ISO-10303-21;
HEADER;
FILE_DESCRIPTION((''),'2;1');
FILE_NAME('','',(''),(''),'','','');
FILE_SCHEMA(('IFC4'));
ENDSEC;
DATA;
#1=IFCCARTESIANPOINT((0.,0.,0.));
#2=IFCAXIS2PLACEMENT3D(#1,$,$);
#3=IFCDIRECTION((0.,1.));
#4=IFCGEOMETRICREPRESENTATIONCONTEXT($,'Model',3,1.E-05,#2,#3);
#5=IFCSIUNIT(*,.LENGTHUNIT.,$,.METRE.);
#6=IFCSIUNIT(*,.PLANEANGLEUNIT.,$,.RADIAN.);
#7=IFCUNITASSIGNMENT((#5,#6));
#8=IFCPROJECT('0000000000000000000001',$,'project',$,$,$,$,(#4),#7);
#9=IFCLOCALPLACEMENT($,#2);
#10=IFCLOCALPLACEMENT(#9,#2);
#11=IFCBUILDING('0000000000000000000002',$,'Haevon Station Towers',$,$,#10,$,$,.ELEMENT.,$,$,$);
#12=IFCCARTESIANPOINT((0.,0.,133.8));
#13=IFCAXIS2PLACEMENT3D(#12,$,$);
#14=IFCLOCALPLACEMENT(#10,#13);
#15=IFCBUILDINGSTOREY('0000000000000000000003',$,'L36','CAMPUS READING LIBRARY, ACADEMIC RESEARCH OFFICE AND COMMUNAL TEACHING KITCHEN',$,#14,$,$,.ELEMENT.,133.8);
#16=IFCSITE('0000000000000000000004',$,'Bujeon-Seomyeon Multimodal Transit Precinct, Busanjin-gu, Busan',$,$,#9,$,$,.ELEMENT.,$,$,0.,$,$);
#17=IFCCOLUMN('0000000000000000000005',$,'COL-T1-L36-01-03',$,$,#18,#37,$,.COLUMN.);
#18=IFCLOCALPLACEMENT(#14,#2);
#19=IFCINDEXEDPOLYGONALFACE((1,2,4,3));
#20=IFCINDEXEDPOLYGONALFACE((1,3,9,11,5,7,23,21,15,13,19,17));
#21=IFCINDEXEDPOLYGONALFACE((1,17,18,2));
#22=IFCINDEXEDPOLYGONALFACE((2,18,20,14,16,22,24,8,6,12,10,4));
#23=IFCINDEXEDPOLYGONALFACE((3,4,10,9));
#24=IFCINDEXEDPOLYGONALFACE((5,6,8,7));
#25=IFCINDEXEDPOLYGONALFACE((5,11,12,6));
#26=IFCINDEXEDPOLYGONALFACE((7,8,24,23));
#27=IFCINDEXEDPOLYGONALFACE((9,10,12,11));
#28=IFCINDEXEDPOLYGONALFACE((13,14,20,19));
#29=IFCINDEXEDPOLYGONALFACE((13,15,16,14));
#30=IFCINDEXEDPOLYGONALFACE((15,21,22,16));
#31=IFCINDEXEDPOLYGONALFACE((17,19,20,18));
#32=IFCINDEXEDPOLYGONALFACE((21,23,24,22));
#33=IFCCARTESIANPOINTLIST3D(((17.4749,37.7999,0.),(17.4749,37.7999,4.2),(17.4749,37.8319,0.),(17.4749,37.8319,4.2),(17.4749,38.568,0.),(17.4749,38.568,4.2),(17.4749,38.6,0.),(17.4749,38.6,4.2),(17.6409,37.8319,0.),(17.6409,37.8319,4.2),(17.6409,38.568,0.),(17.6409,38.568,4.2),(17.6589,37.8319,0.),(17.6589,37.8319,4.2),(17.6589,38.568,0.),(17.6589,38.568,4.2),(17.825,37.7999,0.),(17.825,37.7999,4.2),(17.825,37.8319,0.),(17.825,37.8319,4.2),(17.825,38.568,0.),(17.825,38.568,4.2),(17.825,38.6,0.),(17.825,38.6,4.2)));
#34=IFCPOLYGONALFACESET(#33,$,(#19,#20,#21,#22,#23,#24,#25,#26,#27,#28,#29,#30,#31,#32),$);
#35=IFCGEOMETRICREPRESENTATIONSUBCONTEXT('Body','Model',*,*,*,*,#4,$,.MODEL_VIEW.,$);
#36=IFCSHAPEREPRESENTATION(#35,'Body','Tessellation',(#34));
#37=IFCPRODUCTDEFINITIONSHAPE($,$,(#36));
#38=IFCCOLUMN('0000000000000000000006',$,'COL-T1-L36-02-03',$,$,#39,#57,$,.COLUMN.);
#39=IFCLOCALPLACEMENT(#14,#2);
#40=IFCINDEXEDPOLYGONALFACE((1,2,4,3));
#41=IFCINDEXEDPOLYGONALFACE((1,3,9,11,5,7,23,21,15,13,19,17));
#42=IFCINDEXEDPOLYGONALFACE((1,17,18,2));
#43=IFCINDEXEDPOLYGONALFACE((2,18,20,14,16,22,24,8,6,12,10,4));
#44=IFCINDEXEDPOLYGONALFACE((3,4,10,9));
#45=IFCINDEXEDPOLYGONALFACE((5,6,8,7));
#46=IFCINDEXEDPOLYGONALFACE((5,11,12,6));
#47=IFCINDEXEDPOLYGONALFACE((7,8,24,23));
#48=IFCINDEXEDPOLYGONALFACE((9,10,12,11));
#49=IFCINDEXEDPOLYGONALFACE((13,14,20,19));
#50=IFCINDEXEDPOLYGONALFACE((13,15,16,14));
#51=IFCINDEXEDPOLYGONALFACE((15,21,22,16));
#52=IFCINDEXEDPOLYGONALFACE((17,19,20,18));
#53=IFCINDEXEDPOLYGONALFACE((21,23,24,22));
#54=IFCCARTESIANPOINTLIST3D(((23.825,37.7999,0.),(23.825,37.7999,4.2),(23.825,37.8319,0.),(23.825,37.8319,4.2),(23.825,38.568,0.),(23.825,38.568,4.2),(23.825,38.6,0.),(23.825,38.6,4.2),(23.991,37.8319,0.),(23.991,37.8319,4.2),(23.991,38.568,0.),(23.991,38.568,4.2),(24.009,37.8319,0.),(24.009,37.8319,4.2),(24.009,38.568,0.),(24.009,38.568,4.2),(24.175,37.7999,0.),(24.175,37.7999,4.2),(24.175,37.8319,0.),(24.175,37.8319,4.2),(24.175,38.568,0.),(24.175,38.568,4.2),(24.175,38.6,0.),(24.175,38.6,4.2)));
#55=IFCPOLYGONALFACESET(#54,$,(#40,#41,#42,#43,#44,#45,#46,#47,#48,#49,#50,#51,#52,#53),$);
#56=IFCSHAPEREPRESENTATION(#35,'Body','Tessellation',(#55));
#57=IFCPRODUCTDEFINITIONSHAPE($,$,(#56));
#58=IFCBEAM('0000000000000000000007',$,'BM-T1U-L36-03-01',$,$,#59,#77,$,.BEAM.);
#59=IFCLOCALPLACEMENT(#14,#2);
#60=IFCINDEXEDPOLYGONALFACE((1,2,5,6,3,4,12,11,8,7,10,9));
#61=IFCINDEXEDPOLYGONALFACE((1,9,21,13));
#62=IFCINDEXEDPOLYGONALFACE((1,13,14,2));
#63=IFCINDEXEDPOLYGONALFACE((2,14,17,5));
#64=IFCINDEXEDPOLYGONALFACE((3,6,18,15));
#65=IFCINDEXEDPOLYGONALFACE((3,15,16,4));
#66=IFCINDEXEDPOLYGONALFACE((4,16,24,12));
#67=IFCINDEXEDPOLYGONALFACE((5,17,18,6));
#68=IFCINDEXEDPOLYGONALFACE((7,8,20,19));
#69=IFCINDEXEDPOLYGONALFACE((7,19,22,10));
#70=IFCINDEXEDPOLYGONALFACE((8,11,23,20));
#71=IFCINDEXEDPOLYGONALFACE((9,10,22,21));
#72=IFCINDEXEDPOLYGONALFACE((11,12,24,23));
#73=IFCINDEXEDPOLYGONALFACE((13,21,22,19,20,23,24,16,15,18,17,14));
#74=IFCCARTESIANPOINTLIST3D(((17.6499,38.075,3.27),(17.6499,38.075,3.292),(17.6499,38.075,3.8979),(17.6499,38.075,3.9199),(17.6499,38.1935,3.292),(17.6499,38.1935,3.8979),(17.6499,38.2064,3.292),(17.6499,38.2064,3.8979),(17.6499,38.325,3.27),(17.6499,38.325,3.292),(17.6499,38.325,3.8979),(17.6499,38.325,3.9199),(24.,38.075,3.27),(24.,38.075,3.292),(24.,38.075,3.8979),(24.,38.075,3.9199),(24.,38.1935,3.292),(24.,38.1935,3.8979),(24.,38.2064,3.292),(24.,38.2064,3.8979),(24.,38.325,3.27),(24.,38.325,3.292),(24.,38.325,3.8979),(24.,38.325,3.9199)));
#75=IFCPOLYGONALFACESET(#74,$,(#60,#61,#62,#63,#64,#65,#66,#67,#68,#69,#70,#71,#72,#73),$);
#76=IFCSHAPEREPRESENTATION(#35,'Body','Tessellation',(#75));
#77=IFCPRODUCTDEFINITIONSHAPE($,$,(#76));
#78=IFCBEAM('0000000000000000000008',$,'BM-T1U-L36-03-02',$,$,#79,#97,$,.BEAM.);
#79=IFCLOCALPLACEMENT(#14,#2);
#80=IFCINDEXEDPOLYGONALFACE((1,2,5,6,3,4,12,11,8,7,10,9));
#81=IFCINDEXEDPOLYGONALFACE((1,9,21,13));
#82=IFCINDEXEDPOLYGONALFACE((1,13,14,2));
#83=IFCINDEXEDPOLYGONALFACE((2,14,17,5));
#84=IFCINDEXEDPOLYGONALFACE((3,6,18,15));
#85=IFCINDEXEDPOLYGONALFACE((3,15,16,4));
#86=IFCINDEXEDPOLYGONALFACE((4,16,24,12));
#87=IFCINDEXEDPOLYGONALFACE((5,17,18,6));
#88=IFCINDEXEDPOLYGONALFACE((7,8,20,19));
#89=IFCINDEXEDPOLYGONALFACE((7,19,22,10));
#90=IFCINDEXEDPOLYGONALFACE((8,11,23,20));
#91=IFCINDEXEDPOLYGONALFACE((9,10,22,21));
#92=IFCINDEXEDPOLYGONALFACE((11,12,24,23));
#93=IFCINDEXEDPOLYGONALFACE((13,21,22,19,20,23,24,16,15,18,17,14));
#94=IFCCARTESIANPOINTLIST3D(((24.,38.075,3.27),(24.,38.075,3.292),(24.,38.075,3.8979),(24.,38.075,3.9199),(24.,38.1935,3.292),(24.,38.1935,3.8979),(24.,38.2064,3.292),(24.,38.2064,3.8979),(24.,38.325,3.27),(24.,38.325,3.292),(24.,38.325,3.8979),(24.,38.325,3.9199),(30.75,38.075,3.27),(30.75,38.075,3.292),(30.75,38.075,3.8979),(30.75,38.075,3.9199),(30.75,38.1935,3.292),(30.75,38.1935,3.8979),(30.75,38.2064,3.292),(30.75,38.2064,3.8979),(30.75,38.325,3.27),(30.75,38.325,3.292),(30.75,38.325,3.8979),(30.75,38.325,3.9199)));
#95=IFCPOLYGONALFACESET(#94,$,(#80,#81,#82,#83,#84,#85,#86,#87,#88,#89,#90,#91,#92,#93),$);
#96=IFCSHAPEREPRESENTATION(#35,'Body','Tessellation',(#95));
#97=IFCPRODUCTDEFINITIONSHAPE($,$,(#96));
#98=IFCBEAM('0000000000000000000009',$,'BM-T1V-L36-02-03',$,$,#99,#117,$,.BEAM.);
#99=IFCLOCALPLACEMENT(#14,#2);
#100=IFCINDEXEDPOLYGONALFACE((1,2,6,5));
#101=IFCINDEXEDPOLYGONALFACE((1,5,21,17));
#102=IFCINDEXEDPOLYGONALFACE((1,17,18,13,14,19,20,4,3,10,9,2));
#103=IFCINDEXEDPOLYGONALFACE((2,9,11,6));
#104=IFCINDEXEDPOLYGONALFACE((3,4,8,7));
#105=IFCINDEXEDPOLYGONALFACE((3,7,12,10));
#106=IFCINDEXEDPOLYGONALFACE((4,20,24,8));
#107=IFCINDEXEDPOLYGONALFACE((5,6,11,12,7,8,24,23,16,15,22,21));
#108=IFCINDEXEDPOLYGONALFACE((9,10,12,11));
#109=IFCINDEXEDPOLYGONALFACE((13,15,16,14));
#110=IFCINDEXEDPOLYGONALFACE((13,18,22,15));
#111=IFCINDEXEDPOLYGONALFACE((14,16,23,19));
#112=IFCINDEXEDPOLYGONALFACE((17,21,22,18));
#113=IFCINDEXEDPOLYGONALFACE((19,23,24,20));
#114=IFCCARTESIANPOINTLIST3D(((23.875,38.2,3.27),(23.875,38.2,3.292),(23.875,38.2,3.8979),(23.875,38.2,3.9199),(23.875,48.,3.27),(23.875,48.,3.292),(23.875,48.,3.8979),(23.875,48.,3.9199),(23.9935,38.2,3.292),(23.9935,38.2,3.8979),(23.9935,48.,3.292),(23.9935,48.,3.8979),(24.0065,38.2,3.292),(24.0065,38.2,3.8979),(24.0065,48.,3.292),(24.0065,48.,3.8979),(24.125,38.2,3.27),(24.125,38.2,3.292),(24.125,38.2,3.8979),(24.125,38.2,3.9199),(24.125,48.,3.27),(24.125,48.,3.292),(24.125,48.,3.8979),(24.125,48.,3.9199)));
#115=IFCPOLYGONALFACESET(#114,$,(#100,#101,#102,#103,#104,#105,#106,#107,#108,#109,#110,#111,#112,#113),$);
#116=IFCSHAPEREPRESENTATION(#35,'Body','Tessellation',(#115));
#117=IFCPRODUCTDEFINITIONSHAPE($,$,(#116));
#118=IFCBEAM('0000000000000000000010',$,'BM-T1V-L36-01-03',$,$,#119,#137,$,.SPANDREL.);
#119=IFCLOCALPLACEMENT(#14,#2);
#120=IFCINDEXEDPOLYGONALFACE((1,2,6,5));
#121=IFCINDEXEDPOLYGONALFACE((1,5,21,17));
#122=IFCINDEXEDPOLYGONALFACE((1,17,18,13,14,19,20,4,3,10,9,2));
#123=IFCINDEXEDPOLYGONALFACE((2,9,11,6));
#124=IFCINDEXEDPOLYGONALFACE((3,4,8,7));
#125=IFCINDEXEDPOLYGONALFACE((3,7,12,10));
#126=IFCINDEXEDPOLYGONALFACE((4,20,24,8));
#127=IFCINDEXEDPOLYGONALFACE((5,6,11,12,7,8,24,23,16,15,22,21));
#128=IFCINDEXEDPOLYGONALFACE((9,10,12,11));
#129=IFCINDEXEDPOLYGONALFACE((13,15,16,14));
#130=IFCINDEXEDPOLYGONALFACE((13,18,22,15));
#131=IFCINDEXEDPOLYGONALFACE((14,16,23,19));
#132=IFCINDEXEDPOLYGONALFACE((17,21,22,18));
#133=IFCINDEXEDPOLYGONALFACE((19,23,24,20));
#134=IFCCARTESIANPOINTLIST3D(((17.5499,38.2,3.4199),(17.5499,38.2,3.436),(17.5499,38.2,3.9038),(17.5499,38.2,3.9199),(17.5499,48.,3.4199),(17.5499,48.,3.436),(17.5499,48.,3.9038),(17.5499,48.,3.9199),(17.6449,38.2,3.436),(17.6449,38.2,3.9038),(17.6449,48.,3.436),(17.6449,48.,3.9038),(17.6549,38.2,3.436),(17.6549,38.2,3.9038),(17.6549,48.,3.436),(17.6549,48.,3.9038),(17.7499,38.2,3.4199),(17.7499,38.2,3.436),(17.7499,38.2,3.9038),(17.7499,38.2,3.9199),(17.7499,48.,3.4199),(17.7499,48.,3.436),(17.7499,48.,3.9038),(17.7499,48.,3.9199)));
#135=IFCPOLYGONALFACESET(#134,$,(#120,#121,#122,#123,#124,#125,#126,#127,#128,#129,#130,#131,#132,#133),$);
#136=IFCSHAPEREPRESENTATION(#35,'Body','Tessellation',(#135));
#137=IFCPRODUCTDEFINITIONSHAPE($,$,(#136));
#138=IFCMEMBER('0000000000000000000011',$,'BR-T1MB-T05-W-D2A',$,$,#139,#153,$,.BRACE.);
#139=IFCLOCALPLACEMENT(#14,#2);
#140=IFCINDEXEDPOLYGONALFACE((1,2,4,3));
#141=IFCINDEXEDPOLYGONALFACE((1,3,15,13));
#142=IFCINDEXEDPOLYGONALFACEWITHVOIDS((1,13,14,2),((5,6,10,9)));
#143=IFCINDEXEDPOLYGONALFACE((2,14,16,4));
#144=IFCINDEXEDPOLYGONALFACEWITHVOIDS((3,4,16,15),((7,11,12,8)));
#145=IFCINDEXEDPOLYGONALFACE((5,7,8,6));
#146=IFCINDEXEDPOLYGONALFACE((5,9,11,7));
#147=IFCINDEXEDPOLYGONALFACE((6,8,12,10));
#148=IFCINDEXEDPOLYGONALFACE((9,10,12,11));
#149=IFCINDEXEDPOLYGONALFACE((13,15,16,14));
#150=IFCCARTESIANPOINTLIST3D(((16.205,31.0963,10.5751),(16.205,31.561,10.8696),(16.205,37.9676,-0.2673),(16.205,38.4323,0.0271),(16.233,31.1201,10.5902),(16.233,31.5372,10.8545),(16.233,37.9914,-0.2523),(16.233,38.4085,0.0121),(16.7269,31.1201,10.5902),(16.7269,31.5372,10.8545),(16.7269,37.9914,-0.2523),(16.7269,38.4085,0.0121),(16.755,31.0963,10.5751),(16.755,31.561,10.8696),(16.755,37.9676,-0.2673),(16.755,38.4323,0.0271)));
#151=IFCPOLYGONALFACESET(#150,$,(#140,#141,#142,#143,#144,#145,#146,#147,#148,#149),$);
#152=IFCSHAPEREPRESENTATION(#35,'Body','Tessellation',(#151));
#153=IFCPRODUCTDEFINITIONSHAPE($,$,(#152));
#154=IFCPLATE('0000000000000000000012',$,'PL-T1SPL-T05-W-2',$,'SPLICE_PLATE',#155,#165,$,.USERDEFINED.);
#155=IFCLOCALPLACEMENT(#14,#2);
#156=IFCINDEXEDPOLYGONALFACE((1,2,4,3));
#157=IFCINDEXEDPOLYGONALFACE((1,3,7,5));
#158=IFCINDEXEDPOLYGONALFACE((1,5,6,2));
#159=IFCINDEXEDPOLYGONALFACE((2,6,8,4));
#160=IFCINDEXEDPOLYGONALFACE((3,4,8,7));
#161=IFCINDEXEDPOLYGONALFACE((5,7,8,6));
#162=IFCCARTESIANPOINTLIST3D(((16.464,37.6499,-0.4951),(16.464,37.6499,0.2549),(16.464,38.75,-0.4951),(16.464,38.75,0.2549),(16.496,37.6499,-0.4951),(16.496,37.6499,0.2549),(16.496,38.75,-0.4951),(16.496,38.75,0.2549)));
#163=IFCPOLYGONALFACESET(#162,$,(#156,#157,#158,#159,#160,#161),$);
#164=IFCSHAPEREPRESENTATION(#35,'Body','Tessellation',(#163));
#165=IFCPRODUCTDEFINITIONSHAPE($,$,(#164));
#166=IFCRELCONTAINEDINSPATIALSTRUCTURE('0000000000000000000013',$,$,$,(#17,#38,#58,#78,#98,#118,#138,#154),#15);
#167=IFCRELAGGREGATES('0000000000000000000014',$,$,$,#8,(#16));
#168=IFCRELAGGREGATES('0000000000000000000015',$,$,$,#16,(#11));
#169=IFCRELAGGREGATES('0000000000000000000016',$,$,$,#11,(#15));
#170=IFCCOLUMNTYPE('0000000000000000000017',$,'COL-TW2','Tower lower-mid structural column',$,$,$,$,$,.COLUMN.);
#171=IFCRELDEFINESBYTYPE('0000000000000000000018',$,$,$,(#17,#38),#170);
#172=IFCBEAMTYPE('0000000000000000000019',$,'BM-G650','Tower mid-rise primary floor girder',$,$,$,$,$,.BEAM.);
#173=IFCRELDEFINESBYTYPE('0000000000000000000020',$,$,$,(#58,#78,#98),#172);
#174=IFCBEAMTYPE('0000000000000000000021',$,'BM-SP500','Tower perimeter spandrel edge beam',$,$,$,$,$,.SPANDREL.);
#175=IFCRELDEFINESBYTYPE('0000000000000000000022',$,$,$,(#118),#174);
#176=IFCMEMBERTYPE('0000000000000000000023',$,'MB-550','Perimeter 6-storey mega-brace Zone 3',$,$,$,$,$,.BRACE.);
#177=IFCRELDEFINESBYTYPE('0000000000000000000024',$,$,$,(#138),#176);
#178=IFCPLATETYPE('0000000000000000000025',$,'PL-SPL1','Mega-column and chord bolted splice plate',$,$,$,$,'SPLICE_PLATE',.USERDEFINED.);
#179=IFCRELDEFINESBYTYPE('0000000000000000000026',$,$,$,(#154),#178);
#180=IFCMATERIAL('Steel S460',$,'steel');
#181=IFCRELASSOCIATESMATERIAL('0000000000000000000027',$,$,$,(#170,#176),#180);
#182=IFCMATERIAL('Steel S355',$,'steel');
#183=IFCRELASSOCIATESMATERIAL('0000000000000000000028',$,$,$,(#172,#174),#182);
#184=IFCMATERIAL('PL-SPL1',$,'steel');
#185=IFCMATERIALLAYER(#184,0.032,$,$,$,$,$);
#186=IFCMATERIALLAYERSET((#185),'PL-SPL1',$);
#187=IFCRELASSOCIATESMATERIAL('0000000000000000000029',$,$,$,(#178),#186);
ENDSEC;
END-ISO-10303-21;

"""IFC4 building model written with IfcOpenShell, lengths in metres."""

from ifc_helpers import new_model, si_unit, direction, frame, origin, origin_2d, place, context, subcontext, project, spatial, rectangle, hollow_rectangle, i_section, extrude, material, layer, layer_set, material_profile, profile_set, type_object, element, save


model = new_model("IFC4")

# Units and contexts
model_context = context("Model", 3, precision=1e-05, world=origin(), true_north=direction((0.0, 1.0)))
body_context = subcontext(model_context, "Body", "Model", "MODEL_VIEW")
ifc_project = project(units=[si_unit("LENGTHUNIT", "METRE"), si_unit("PLANEANGLEUNIT", "RADIAN")], contexts=[model_context])

# Site, building, storey
site_placement = place(None, origin())
site = spatial("IfcSite", under=ifc_project, at=site_placement, Name="Bujeon-Seomyeon Multimodal Transit Precinct, Busanjin-gu, Busan", CompositionType="ELEMENT", RefElevation=0.0)
building_placement = place(site_placement, origin())
building = spatial("IfcBuilding", under=site, at=building_placement, Name="Haevon Station Towers", CompositionType="ELEMENT")
storey_placement = place(building_placement, frame((0.0, 0.0, 133.8)))
storey = spatial("IfcBuildingStorey", under=building, at=storey_placement, Name="L36", Description="CAMPUS READING LIBRARY, ACADEMIC RESEARCH OFFICE AND COMMUNAL TEACHING KITCHEN", CompositionType="ELEMENT", Elevation=133.8)

# Columns
ifc_material_1 = material(Name="Steel S460", Category="steel")
ifc_material_profile_1 = material_profile(ifc_material_1, i_section(OverallWidth=0.3501, OverallDepth=0.8, WebThickness=0.0181, FlangeThickness=0.032, at=origin_2d()), Name="H-800x350x18x32")
ifc_profile_set_1 = profile_set([ifc_material_profile_1], Name="Steel S460")
column_type = type_object("IfcColumnType", Name="COL-TW2", Description="Tower lower-mid structural column", PredefinedType="COLUMN", material=ifc_profile_set_1)
for number, where, z_axis, x_axis, name in (
    (1, (17.6499, 38.2, 0.0), (0.0, 0.0, 1.0), (1.0, 0.0, 0.0), "COL-T1-L36-01-03"),
    (2, (24.0, 38.2, 0.0), (0.0, 0.0, 1.0), (1.0, 0.0, 0.0), "COL-T1-L36-02-03"),
):
    element("IfcColumn", number, at=place(storey_placement, frame(where, z_axis=z_axis, x_axis=x_axis)), inside=storey, type_object=column_type, Name=name, PredefinedType="COLUMN", context=body_context, shape_type="SweptSolid", body=[
        extrude(i_section(OverallWidth=0.3501, OverallDepth=0.8, WebThickness=0.0181, FlangeThickness=0.032, at=origin_2d()), origin(), (0.0, 0.0, 1.0), 4.2),
    ])

# Beams
ifc_material_2 = material(Name="Steel S355", Category="steel")
ifc_material_profile_2 = material_profile(ifc_material_2, i_section(OverallWidth=0.25, OverallDepth=0.6499, WebThickness=0.0129, FlangeThickness=0.022, at=origin_2d()), Name="H-650x250x13x22")
ifc_profile_set_2 = profile_set([ifc_material_profile_2], Name="Steel S355")
beam_type_1 = type_object("IfcBeamType", Name="BM-G650", Description="Tower mid-rise primary floor girder", PredefinedType="BEAM", material=ifc_profile_set_2)
beam_1_placement = place(storey_placement, frame((17.6499, 38.2, 3.595), z_axis=(1.0, 0.0, 0.0), x_axis=(0.0, 1.0, 0.0)))
element("IfcBeam", 3, at=beam_1_placement, inside=storey, type_object=beam_type_1, Name="BM-T1U-L36-03-01", PredefinedType="BEAM", context=body_context, shape_type="SweptSolid", body=[
    extrude(i_section(OverallWidth=0.25, OverallDepth=0.6499, WebThickness=0.0129, FlangeThickness=0.022, at=origin_2d()), origin(), (0.0, 0.0, 1.0), 6.3501),
])
beam_2_placement = place(storey_placement, frame((24.0, 38.2, 3.595), z_axis=(1.0, 0.0, 0.0), x_axis=(0.0, 1.0, 0.0)))
element("IfcBeam", 4, at=beam_2_placement, inside=storey, type_object=beam_type_1, Name="BM-T1U-L36-03-02", PredefinedType="BEAM", context=body_context, shape_type="SweptSolid", body=[
    extrude(i_section(OverallWidth=0.25, OverallDepth=0.6499, WebThickness=0.0129, FlangeThickness=0.022, at=origin_2d()), origin(), (0.0, 0.0, 1.0), 6.75),
])
beam_3_placement = place(storey_placement, frame((24.0, 38.2, 3.595), z_axis=(0.0, 1.0, 0.0), x_axis=(-1.0, 0.0, 0.0)))
element("IfcBeam", 5, at=beam_3_placement, inside=storey, type_object=beam_type_1, Name="BM-T1V-L36-02-03", PredefinedType="BEAM", context=body_context, shape_type="SweptSolid", body=[
    extrude(i_section(OverallWidth=0.25, OverallDepth=0.6499, WebThickness=0.0129, FlangeThickness=0.022, at=origin_2d()), origin(), (0.0, 0.0, 1.0), 9.8),
])
ifc_material_profile_3 = material_profile(ifc_material_2, i_section(OverallWidth=0.2, OverallDepth=0.5, WebThickness=0.01, FlangeThickness=0.0161, at=origin_2d()), Name="H-500x200x10x16")
ifc_profile_set_3 = profile_set([ifc_material_profile_3], Name="Steel S355")
beam_type_2 = type_object("IfcBeamType", Name="BM-SP500", Description="Tower perimeter spandrel edge beam", PredefinedType="SPANDREL", material=ifc_profile_set_3)
beam_4_placement = place(storey_placement, frame((17.6499, 38.2, 3.6699), z_axis=(0.0, 1.0, 0.0), x_axis=(-1.0, 0.0, 0.0)))
element("IfcBeam", 6, at=beam_4_placement, inside=storey, type_object=beam_type_2, Name="BM-T1V-L36-01-03", PredefinedType="SPANDREL", context=body_context, shape_type="SweptSolid", body=[
    extrude(i_section(OverallWidth=0.2, OverallDepth=0.5, WebThickness=0.01, FlangeThickness=0.0161, at=origin_2d()), origin(), (0.0, 0.0, 1.0), 9.8),
])

# Member
ifc_material_profile_4 = material_profile(ifc_material_1, hollow_rectangle(XDim=0.55, YDim=0.55, WallThickness=0.0281, at=origin_2d()), Name="RHS-550x550x28")
ifc_profile_set_4 = profile_set([ifc_material_profile_4], Name="Steel S460")
member_type = type_object("IfcMemberType", Name="MB-550", Description="Perimeter 6-storey mega-brace Zone 3", PredefinedType="BRACE", material=ifc_profile_set_4)
member_placement = place(storey_placement, frame((16.48, 38.2, -0.1201), z_axis=(0.0, -0.535297, 0.844664), x_axis=(1.0, 0.0, 0.0)))
element("IfcMember", 7, at=member_placement, inside=storey, type_object=member_type, Name="BR-T1MB-T05-W-D2A", PredefinedType="BRACE", context=body_context, shape_type="SweptSolid", body=[
    extrude(hollow_rectangle(XDim=0.55, YDim=0.55, WallThickness=0.0281, at=origin_2d()), origin(), (0.0, 0.0, 1.0), 12.8364),
])

# Plate
ifc_material_3 = material(Name="PL-SPL1", Category="steel")
ifc_layer_1 = layer(ifc_material_3, 0.032)
ifc_layer_set_1 = layer_set([ifc_layer_1], Name="PL-SPL1")
plate_type = type_object("IfcPlateType", Name="PL-SPL1", Description="Mega-column and chord bolted splice plate", ElementType="SPLICE_PLATE", PredefinedType="USERDEFINED", material=ifc_layer_set_1)
plate_placement = place(storey_placement, frame((16.48, 38.2, -0.4951), z_axis=(0.0, 0.0, 1.0), x_axis=(0.0, 1.0, 0.0)))
element("IfcPlate", 8, at=plate_placement, inside=storey, type_object=plate_type, Name="PL-T1SPL-T05-W-2", ObjectType="SPLICE_PLATE", PredefinedType="USERDEFINED", context=body_context, shape_type="SweptSolid", body=[
    extrude(rectangle(XDim=1.1001, YDim=0.032, at=origin_2d()), origin(), (0.0, 0.0, 1.0), 0.75),
])

save(model, "model.ifc")
